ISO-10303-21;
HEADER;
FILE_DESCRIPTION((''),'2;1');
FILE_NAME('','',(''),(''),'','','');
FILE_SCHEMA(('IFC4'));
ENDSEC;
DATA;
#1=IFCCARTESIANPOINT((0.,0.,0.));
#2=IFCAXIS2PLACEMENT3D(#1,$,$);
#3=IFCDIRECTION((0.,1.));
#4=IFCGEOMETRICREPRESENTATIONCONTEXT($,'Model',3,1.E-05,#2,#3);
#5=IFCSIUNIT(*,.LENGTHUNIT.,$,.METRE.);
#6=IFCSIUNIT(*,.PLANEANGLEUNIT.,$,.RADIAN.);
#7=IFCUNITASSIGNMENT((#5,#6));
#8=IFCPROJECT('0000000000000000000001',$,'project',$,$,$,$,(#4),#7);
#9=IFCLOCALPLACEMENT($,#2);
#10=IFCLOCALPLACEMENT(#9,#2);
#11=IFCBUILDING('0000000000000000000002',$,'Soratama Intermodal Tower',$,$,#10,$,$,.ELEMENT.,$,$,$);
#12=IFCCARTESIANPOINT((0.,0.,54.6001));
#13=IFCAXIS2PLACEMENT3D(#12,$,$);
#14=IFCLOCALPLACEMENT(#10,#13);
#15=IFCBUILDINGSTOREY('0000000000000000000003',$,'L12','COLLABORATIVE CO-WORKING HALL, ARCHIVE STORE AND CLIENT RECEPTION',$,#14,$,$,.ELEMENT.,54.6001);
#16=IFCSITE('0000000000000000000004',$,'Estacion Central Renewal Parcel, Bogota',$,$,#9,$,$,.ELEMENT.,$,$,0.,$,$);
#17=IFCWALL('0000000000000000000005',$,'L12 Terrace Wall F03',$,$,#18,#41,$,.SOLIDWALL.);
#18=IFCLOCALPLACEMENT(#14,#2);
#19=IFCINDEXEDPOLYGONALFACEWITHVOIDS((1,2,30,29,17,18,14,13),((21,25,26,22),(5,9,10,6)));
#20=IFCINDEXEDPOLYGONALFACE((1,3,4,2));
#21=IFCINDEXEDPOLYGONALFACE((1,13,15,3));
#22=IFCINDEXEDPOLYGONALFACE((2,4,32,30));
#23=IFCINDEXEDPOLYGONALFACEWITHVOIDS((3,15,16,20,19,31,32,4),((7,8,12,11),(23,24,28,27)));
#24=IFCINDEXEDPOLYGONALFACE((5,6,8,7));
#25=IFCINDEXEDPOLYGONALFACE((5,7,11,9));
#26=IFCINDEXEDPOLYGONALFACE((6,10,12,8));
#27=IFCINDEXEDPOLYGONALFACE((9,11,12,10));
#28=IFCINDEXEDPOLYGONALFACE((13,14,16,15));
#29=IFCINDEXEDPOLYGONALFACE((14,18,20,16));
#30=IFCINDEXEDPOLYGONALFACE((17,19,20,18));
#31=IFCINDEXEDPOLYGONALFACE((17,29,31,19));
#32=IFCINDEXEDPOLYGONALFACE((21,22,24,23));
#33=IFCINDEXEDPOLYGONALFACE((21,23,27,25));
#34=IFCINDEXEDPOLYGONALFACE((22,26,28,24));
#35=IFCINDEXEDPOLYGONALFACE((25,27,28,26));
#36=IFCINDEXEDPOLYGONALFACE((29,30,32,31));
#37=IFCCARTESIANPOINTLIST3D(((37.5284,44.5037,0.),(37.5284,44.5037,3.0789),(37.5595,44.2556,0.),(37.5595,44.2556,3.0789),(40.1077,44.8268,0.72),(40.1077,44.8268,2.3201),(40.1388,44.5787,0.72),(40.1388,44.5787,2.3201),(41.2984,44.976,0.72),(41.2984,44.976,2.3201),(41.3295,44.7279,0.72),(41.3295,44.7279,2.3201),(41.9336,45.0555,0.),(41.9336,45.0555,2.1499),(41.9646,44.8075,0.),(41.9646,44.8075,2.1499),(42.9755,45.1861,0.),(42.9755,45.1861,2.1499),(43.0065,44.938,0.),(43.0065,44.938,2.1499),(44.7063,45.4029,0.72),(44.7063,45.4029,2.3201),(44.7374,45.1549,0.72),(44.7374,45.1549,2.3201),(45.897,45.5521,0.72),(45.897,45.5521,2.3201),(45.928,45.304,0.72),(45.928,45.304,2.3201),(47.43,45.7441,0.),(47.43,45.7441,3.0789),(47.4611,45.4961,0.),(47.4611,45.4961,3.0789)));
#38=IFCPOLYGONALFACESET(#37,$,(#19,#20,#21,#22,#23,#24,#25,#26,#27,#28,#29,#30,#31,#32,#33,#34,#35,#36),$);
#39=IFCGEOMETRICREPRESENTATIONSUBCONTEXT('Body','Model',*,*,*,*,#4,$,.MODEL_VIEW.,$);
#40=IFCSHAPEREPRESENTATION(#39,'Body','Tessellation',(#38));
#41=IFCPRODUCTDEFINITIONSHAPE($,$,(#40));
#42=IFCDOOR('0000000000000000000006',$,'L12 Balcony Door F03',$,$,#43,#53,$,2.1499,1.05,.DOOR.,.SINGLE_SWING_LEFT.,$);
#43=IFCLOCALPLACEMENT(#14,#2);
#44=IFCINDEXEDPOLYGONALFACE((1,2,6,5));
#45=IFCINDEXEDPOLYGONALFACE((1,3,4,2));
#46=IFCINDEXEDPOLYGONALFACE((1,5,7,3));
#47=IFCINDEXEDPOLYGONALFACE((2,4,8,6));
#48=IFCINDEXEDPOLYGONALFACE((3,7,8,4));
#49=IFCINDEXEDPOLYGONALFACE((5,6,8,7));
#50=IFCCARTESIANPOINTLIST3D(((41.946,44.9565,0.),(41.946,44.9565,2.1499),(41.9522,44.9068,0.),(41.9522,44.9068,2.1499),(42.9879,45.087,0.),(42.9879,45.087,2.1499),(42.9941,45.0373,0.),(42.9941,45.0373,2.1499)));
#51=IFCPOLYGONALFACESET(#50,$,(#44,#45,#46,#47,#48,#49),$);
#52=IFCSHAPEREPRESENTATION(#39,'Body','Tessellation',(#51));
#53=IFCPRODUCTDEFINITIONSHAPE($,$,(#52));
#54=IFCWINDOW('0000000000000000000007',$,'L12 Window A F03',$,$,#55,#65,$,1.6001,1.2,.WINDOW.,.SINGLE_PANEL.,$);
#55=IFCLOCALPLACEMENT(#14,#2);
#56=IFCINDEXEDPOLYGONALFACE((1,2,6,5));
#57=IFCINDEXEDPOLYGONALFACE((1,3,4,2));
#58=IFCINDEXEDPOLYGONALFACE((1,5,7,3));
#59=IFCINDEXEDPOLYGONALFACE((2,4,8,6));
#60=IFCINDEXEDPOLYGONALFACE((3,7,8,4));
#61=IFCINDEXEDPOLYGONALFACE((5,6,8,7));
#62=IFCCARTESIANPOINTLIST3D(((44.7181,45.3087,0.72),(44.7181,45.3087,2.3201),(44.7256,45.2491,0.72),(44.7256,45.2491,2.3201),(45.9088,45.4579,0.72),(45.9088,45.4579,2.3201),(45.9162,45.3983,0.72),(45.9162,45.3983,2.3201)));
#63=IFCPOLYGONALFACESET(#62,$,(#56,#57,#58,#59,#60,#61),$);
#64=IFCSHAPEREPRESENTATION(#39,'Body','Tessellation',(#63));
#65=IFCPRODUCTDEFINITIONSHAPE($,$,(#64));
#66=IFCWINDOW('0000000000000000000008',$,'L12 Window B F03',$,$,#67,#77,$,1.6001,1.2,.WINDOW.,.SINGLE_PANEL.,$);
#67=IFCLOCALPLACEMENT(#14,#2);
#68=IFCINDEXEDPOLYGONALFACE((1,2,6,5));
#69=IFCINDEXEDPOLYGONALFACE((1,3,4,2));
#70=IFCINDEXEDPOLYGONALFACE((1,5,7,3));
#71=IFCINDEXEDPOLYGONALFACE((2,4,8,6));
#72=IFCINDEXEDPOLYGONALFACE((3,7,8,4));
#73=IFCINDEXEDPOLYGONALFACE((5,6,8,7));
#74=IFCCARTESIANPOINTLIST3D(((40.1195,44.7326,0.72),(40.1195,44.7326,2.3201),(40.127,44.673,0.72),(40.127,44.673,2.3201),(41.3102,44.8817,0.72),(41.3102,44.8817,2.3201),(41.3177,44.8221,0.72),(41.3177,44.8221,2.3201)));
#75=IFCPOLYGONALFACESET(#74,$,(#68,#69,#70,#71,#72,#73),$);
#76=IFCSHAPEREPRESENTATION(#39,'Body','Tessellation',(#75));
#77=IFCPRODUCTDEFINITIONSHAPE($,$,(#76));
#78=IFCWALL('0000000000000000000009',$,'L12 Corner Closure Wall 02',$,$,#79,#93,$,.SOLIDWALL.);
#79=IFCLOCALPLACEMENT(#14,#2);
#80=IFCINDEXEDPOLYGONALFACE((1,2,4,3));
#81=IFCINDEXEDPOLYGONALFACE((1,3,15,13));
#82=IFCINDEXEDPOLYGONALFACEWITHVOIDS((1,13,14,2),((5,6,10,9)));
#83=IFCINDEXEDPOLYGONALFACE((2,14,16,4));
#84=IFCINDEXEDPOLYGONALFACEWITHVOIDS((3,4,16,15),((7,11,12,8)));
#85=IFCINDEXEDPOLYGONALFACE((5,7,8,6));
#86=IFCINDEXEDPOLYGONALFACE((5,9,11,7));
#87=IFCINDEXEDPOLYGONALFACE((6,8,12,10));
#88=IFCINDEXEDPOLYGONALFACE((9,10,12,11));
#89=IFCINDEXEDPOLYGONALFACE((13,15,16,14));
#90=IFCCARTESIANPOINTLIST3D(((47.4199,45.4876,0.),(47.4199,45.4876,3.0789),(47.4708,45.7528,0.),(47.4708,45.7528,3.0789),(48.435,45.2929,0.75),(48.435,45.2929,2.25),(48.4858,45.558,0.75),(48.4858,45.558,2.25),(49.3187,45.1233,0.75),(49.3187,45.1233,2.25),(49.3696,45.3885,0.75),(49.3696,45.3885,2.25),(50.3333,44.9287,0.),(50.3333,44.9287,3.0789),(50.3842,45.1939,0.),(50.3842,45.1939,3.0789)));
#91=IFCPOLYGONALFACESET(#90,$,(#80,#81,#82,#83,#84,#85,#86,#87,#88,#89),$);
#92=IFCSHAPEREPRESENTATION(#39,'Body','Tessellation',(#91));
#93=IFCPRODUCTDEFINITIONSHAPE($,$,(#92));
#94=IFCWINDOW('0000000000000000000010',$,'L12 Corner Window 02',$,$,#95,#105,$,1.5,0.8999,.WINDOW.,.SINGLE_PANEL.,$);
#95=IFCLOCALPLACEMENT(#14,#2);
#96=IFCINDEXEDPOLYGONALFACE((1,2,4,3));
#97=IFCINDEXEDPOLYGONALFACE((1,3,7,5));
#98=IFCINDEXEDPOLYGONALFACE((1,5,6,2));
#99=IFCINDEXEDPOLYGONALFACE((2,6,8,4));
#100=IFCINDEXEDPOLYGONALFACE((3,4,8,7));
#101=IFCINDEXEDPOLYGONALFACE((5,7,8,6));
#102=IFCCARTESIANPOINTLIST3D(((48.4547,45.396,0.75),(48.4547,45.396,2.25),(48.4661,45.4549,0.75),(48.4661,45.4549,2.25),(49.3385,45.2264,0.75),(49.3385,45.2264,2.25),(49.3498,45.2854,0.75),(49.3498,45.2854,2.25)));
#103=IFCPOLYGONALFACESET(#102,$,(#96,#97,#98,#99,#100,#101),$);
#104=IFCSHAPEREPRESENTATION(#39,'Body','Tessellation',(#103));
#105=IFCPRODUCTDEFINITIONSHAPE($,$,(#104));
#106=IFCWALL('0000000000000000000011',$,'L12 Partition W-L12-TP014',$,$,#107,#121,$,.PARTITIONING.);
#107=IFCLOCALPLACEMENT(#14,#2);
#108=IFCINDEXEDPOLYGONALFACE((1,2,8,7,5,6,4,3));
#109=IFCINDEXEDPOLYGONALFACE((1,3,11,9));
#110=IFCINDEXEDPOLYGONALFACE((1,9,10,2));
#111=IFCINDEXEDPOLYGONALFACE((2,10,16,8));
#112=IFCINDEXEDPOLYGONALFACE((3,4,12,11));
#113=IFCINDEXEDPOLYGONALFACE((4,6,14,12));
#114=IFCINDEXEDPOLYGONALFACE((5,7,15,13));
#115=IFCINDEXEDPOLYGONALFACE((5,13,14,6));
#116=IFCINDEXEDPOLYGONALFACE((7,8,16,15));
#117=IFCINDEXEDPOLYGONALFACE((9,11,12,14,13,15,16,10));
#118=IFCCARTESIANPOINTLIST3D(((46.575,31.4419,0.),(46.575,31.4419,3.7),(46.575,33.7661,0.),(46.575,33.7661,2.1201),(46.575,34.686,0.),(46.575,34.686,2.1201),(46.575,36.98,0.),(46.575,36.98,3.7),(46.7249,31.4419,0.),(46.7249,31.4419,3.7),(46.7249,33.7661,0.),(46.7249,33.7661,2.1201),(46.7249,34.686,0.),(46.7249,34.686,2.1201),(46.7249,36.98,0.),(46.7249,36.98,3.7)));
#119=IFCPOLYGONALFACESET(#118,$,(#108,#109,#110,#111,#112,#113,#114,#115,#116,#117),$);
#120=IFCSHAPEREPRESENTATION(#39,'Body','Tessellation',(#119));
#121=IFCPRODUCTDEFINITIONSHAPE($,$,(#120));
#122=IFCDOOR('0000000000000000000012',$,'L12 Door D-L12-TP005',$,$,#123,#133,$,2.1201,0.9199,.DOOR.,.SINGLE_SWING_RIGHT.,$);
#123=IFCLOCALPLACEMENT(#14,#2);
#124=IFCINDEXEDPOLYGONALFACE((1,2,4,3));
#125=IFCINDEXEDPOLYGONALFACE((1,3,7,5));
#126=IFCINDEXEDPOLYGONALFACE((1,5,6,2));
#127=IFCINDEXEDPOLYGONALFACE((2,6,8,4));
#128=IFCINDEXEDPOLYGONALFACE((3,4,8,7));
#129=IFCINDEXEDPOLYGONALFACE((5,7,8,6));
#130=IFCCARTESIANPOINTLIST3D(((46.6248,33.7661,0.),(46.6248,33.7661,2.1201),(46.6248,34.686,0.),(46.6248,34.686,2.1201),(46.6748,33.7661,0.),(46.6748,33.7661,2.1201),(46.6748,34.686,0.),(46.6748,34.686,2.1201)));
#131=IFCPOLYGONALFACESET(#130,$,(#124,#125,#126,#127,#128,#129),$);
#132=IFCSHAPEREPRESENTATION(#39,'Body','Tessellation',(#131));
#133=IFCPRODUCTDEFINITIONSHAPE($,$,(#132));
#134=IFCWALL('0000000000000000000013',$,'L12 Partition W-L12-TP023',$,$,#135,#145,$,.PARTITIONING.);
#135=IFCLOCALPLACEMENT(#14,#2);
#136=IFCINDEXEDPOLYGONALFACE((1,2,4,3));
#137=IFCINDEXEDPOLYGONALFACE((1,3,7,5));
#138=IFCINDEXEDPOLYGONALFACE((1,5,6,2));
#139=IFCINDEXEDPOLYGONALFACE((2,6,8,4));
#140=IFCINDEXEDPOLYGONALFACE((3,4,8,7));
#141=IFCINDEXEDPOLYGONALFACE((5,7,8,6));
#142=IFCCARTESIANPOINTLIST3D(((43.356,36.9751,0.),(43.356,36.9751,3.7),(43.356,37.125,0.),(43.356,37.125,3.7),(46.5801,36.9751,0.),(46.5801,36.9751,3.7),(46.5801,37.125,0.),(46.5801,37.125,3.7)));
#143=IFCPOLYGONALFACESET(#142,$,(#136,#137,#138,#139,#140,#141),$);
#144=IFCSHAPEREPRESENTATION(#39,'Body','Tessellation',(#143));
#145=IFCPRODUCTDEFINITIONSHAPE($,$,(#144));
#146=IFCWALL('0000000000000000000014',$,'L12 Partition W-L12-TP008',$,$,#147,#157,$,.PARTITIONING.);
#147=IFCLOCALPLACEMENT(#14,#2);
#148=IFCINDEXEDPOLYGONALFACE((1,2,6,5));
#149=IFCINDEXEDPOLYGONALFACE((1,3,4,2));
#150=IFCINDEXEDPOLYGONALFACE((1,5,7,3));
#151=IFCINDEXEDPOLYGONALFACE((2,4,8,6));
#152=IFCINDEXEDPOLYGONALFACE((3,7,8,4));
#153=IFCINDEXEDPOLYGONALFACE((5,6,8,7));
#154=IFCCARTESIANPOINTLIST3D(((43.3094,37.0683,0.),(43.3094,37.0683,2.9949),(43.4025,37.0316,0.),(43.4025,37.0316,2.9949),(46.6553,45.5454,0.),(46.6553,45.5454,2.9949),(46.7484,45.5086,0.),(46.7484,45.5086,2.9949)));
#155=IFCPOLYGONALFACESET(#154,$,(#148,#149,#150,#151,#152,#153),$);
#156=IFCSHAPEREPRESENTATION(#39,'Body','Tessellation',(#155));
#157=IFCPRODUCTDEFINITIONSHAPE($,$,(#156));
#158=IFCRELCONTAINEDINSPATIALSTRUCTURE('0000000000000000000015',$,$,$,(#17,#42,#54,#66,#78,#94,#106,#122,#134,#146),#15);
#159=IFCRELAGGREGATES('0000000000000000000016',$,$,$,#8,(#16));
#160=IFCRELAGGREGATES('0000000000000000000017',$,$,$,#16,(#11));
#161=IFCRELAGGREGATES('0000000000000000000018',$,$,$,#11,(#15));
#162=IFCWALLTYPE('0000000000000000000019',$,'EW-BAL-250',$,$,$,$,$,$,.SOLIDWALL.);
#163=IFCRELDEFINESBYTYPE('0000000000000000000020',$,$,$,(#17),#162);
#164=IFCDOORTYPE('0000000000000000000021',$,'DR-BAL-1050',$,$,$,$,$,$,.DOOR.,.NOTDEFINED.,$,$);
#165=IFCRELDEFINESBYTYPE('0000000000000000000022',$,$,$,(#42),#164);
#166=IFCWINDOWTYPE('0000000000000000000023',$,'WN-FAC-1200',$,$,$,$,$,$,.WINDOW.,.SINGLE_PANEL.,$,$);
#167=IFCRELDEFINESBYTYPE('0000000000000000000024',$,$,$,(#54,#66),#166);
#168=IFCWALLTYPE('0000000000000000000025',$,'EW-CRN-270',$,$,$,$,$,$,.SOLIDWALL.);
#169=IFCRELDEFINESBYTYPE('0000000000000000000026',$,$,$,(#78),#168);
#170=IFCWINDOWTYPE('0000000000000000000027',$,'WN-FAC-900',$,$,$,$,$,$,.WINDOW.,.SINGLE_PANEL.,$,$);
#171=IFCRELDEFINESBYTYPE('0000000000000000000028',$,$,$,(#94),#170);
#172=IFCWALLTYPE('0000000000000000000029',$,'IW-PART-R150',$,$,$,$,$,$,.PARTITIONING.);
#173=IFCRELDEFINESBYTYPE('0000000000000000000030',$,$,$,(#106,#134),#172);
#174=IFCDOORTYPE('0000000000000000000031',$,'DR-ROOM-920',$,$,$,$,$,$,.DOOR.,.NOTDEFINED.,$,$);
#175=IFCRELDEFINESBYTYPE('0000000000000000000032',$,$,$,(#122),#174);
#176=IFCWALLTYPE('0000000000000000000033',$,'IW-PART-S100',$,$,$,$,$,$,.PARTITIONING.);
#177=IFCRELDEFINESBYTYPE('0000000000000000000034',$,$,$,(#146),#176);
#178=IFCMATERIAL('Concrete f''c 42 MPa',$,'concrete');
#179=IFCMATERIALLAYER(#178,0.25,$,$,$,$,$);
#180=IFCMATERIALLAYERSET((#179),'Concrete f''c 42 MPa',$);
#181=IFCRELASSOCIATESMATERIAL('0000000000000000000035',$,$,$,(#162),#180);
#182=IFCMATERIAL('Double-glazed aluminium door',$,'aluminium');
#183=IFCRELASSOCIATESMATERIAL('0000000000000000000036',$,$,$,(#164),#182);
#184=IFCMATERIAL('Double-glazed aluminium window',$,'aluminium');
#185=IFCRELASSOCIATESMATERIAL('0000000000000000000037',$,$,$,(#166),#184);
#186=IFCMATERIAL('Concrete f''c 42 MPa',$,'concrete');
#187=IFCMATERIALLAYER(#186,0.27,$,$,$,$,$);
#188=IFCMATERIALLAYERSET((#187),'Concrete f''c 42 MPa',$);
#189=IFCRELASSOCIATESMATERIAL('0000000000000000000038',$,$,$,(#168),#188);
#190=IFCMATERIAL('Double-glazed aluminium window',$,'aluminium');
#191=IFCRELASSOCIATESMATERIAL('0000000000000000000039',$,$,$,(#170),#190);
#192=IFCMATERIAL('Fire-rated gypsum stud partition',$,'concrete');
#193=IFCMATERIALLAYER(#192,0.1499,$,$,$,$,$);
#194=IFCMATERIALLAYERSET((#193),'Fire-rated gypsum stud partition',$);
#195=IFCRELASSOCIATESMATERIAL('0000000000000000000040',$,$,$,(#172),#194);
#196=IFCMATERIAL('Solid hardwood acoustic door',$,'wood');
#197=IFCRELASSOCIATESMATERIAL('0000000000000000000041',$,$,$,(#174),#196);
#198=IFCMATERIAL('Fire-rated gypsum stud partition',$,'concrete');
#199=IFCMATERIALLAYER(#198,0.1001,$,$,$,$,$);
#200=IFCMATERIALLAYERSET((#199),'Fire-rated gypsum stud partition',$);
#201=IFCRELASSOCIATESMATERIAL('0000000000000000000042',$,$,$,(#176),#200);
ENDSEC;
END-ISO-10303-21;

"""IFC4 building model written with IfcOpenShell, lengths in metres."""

from ifc_helpers import new_model, si_unit, direction, frame, frame_2d, origin, place, context, subcontext, project, spatial, rectangle, extrude, material, layer, layer_set, type_object, element, fill, save


model = new_model("IFC4")

# Units and contexts
model_context = context("Model", 3, precision=1e-05, world=origin(), true_north=direction((0.0, 1.0)))
body_context = subcontext(model_context, "Body", "Model", "MODEL_VIEW")
ifc_project = project(units=[si_unit("LENGTHUNIT", "METRE"), si_unit("PLANEANGLEUNIT", "RADIAN")], contexts=[model_context])

# Site, building, storey
site_placement = place(None, origin())
site = spatial("IfcSite", under=ifc_project, at=site_placement, Name="Estacion Central Renewal Parcel, Bogota", CompositionType="ELEMENT", RefElevation=0.0)
building_placement = place(site_placement, origin())
building = spatial("IfcBuilding", under=site, at=building_placement, Name="Soratama Intermodal Tower", CompositionType="ELEMENT")
storey_placement = place(building_placement, frame((0.0, 0.0, 54.6001)))
storey = spatial("IfcBuildingStorey", under=building, at=storey_placement, Name="L12", Description="COLLABORATIVE CO-WORKING HALL, ARCHIVE STORE AND CLIENT RECEPTION", CompositionType="ELEMENT", Elevation=54.6001)

# Wall, openings, door, windows
ifc_material_1 = material(Name="Concrete f'c 42 MPa", Category="concrete")
ifc_layer_1 = layer(ifc_material_1, 0.25)
ifc_layer_set_1 = layer_set([ifc_layer_1], Name="Concrete f'c 42 MPa")
wall_type_1 = type_object("IfcWallType", Name="EW-BAL-250", PredefinedType="SOLIDWALL", material=ifc_layer_set_1)
wall_1_placement = place(storey_placement, frame((47.4456, 45.6201, 0.0), z_axis=(0.0, 0.0, 1.0), x_axis=(-0.992244, -0.124309, 0.0)))
wall_1 = element("IfcWall", 1, at=wall_1_placement, inside=storey, type_object=wall_type_1, Name="L12 Terrace Wall F03", PredefinedType="SOLIDWALL", context=body_context, shape_type="SweptSolid", body=[
    extrude(rectangle(XDim=9.979, YDim=0.25, at=frame_2d((4.9895, 0.0))), origin(), (0.0, 0.0, 1.0), 3.0789),
])
opening_1_placement = place(wall_1_placement, frame((4.4895, 0.0, 0.0)))
opening_1 = element("IfcOpeningElement", 2, at=opening_1_placement, cuts=wall_1, PredefinedType="OPENING", context=body_context, shape_type="SweptSolid", body=[
    extrude(rectangle(XDim=1.05, YDim=2.1499, at=frame_2d((0.5249, 1.075))), frame((0.0, 0.135, 0.0), z_axis=(0.0, -1.0, 0.0), x_axis=(1.0, 0.0, 0.0)), (0.0, 0.0, 1.0), 0.27),
])
opening_2_placement = place(wall_1_placement, frame((1.5449, 0.0, 0.72)))
opening_2 = element("IfcOpeningElement", 3, at=opening_2_placement, cuts=wall_1, PredefinedType="OPENING", context=body_context, shape_type="SweptSolid", body=[
    extrude(rectangle(XDim=1.2, YDim=1.6001, at=frame_2d((0.6001, 0.8))), frame((0.0, 0.135, 0.0), z_axis=(0.0, -1.0, 0.0), x_axis=(1.0, 0.0, 0.0)), (0.0, 0.0, 1.0), 0.27),
])
opening_3_placement = place(wall_1_placement, frame((6.1794, 0.0, 0.72)))
opening_3 = element("IfcOpeningElement", 4, at=opening_3_placement, cuts=wall_1, PredefinedType="OPENING", context=body_context, shape_type="SweptSolid", body=[
    extrude(rectangle(XDim=1.2, YDim=1.6001, at=frame_2d((0.6001, 0.8))), frame((0.0, 0.135, 0.0), z_axis=(0.0, -1.0, 0.0), x_axis=(1.0, 0.0, 0.0)), (0.0, 0.0, 1.0), 0.27),
])
ifc_material_2 = material(Name="Double-glazed aluminium door", Category="aluminium")
door_type_1 = type_object("IfcDoorType", Name="DR-BAL-1050", OperationType="NOTDEFINED", PredefinedType="DOOR", material=ifc_material_2)
door_1_placement = place(opening_1_placement, origin())
door_1 = element("IfcDoor", 5, at=door_1_placement, inside=storey, type_object=door_type_1, Name="L12 Balcony Door F03", OperationType="SINGLE_SWING_LEFT", OverallHeight=2.1499, OverallWidth=1.05, PredefinedType="DOOR", context=body_context, shape_type="SweptSolid", body=[
    extrude(rectangle(XDim=1.05, YDim=2.1499, at=frame_2d((0.5249, 1.075))), frame((0.0, 0.0249, 0.0), z_axis=(0.0, -1.0, 0.0), x_axis=(1.0, 0.0, 0.0)), (0.0, 0.0, 1.0), 0.05),
])
fill(opening_1, door_1)
ifc_material_3 = material(Name="Double-glazed aluminium window", Category="aluminium")
window_type_1 = type_object("IfcWindowType", Name="WN-FAC-1200", PartitioningType="SINGLE_PANEL", PredefinedType="WINDOW", material=ifc_material_3)
window_1_placement = place(opening_2_placement, origin())
window_1 = element("IfcWindow", 6, at=window_1_placement, inside=storey, type_object=window_type_1, Name="L12 Window A F03", OverallHeight=1.6001, OverallWidth=1.2, PartitioningType="SINGLE_PANEL", PredefinedType="WINDOW", context=body_context, shape_type="SweptSolid", body=[
    extrude(rectangle(XDim=1.2, YDim=1.6001, at=frame_2d((0.6001, 0.8))), frame((0.0, 0.03, 0.0), z_axis=(0.0, -1.0, 0.0), x_axis=(1.0, 0.0, 0.0)), (0.0, 0.0, 1.0), 0.0601),
])
fill(opening_2, window_1)
window_2_placement = place(opening_3_placement, origin())
window_2 = element("IfcWindow", 7, at=window_2_placement, inside=storey, type_object=window_type_1, Name="L12 Window B F03", OverallHeight=1.6001, OverallWidth=1.2, PartitioningType="SINGLE_PANEL", PredefinedType="WINDOW", context=body_context, shape_type="SweptSolid", body=[
    extrude(rectangle(XDim=1.2, YDim=1.6001, at=frame_2d((0.6001, 0.8))), frame((0.0, 0.03, 0.0), z_axis=(0.0, -1.0, 0.0), x_axis=(1.0, 0.0, 0.0)), (0.0, 0.0, 1.0), 0.0601),
])
fill(opening_3, window_2)

# Wall, opening, window
ifc_material_4 = material(Name="Concrete f'c 42 MPa", Category="concrete")
ifc_layer_2 = layer(ifc_material_4, 0.27)
ifc_layer_set_2 = layer_set([ifc_layer_2], Name="Concrete f'c 42 MPa")
wall_type_2 = type_object("IfcWallType", Name="EW-CRN-270", PredefinedType="SOLIDWALL", material=ifc_layer_set_2)
wall_2_placement = place(storey_placement, frame((50.3589, 45.0613, 0.0), z_axis=(0.0, 0.0, 1.0), x_axis=(-0.982095, 0.188386, 0.0)))
wall_2 = element("IfcWall", 8, at=wall_2_placement, inside=storey, type_object=wall_type_2, Name="L12 Corner Closure Wall 02", PredefinedType="SOLIDWALL", context=body_context, shape_type="SweptSolid", body=[
    extrude(rectangle(XDim=2.9666, YDim=0.27, at=frame_2d((1.4834, 0.0))), origin(), (0.0, 0.0, 1.0), 3.0789),
])
opening_4_placement = place(wall_2_placement, frame((1.0332, 0.0, 0.75)))
opening_4 = element("IfcOpeningElement", 9, at=opening_4_placement, cuts=wall_2, PredefinedType="OPENING", context=body_context, shape_type="SweptSolid", body=[
    extrude(rectangle(XDim=0.8999, YDim=1.5, at=frame_2d((0.45, 0.75))), frame((0.0, 0.145, 0.0), z_axis=(0.0, -1.0, 0.0), x_axis=(1.0, 0.0, 0.0)), (0.0, 0.0, 1.0), 0.29),
])
ifc_material_5 = material(Name="Double-glazed aluminium window", Category="aluminium")
window_type_2 = type_object("IfcWindowType", Name="WN-FAC-900", PartitioningType="SINGLE_PANEL", PredefinedType="WINDOW", material=ifc_material_5)
window_3_placement = place(opening_4_placement, origin())
window_3 = element("IfcWindow", 10, at=window_3_placement, inside=storey, type_object=window_type_2, Name="L12 Corner Window 02", OverallHeight=1.5, OverallWidth=0.8999, PartitioningType="SINGLE_PANEL", PredefinedType="WINDOW", context=body_context, shape_type="SweptSolid", body=[
    extrude(rectangle(XDim=0.8999, YDim=1.5, at=frame_2d((0.45, 0.75))), frame((0.0, 0.03, 0.0), z_axis=(0.0, -1.0, 0.0), x_axis=(1.0, 0.0, 0.0)), (0.0, 0.0, 1.0), 0.0601),
])
fill(opening_4, window_3)

# Wall, opening, door
ifc_material_6 = material(Name="Fire-rated gypsum stud partition", Category="concrete")
ifc_layer_3 = layer(ifc_material_6, 0.1499)
ifc_layer_set_3 = layer_set([ifc_layer_3], Name="Fire-rated gypsum stud partition")
wall_type_3 = type_object("IfcWallType", Name="IW-PART-R150", PredefinedType="PARTITIONING", material=ifc_layer_set_3)
wall_3_placement = place(storey_placement, frame((46.6499, 36.98, 0.0), z_axis=(0.0, 0.0, 1.0), x_axis=(0.0, -1.0, 0.0)))
wall_3 = element("IfcWall", 11, at=wall_3_placement, inside=storey, type_object=wall_type_3, Name="L12 Partition W-L12-TP014", PredefinedType="PARTITIONING", context=body_context, shape_type="SweptSolid", body=[
    extrude(rectangle(XDim=5.5381, YDim=0.1499, at=frame_2d((2.769, 0.0))), origin(), (0.0, 0.0, 1.0), 3.7),
])
opening_5_placement = place(wall_3_placement, frame((2.2939, 0.0, 0.0)))
opening_5 = element("IfcOpeningElement", 12, at=opening_5_placement, cuts=wall_3, PredefinedType="OPENING", context=body_context, shape_type="SweptSolid", body=[
    extrude(rectangle(XDim=0.9199, YDim=2.1201, at=frame_2d((0.46, 1.0601))), frame((0.0, 0.085, 0.0), z_axis=(0.0, -1.0, 0.0), x_axis=(1.0, 0.0, 0.0)), (0.0, 0.0, 1.0), 0.1699),
])
ifc_material_7 = material(Name="Solid hardwood acoustic door", Category="wood")
door_type_2 = type_object("IfcDoorType", Name="DR-ROOM-920", OperationType="NOTDEFINED", PredefinedType="DOOR", material=ifc_material_7)
door_2_placement = place(opening_5_placement, origin())
door_2 = element("IfcDoor", 13, at=door_2_placement, inside=storey, type_object=door_type_2, Name="L12 Door D-L12-TP005", OperationType="SINGLE_SWING_RIGHT", OverallHeight=2.1201, OverallWidth=0.9199, PredefinedType="DOOR", context=body_context, shape_type="SweptSolid", body=[
    extrude(rectangle(XDim=0.9199, YDim=2.1201, at=frame_2d((0.46, 1.0601))), frame((0.0, 0.0249, 0.0), z_axis=(0.0, -1.0, 0.0), x_axis=(1.0, 0.0, 0.0)), (0.0, 0.0, 1.0), 0.05),
])
fill(opening_5, door_2)

# Walls
wall_4_placement = place(storey_placement, frame((43.356, 37.05, 0.0), z_axis=(0.0, 0.0, 1.0), x_axis=(1.0, 0.0, 0.0)))
element("IfcWall", 14, at=wall_4_placement, inside=storey, type_object=wall_type_3, Name="L12 Partition W-L12-TP023", PredefinedType="PARTITIONING", context=body_context, shape_type="SweptSolid", body=[
    extrude(rectangle(XDim=3.2241, YDim=0.1499, at=frame_2d((1.6121, 0.0))), origin(), (0.0, 0.0, 1.0), 3.7),
])
ifc_material_8 = material(Name="Fire-rated gypsum stud partition", Category="concrete")
ifc_layer_4 = layer(ifc_material_8, 0.1001)
ifc_layer_set_4 = layer_set([ifc_layer_4], Name="Fire-rated gypsum stud partition")
wall_type_4 = type_object("IfcWallType", Name="IW-PART-S100", PredefinedType="PARTITIONING", material=ifc_layer_set_4)
wall_5_placement = place(storey_placement, frame((43.356, 37.05, 0.0), z_axis=(0.0, 0.0, 1.0), x_axis=(0.367142, 0.930165, 0.0)))
element("IfcWall", 15, at=wall_5_placement, inside=storey, type_object=wall_type_4, Name="L12 Partition W-L12-TP008", PredefinedType="PARTITIONING", context=body_context, shape_type="SweptSolid", body=[
    extrude(rectangle(XDim=9.1135, YDim=0.1001, at=frame_2d((4.5566, 0.0))), origin(), (0.0, 0.0, 1.0), 2.9949),
])

save(model, "model.ifc")
